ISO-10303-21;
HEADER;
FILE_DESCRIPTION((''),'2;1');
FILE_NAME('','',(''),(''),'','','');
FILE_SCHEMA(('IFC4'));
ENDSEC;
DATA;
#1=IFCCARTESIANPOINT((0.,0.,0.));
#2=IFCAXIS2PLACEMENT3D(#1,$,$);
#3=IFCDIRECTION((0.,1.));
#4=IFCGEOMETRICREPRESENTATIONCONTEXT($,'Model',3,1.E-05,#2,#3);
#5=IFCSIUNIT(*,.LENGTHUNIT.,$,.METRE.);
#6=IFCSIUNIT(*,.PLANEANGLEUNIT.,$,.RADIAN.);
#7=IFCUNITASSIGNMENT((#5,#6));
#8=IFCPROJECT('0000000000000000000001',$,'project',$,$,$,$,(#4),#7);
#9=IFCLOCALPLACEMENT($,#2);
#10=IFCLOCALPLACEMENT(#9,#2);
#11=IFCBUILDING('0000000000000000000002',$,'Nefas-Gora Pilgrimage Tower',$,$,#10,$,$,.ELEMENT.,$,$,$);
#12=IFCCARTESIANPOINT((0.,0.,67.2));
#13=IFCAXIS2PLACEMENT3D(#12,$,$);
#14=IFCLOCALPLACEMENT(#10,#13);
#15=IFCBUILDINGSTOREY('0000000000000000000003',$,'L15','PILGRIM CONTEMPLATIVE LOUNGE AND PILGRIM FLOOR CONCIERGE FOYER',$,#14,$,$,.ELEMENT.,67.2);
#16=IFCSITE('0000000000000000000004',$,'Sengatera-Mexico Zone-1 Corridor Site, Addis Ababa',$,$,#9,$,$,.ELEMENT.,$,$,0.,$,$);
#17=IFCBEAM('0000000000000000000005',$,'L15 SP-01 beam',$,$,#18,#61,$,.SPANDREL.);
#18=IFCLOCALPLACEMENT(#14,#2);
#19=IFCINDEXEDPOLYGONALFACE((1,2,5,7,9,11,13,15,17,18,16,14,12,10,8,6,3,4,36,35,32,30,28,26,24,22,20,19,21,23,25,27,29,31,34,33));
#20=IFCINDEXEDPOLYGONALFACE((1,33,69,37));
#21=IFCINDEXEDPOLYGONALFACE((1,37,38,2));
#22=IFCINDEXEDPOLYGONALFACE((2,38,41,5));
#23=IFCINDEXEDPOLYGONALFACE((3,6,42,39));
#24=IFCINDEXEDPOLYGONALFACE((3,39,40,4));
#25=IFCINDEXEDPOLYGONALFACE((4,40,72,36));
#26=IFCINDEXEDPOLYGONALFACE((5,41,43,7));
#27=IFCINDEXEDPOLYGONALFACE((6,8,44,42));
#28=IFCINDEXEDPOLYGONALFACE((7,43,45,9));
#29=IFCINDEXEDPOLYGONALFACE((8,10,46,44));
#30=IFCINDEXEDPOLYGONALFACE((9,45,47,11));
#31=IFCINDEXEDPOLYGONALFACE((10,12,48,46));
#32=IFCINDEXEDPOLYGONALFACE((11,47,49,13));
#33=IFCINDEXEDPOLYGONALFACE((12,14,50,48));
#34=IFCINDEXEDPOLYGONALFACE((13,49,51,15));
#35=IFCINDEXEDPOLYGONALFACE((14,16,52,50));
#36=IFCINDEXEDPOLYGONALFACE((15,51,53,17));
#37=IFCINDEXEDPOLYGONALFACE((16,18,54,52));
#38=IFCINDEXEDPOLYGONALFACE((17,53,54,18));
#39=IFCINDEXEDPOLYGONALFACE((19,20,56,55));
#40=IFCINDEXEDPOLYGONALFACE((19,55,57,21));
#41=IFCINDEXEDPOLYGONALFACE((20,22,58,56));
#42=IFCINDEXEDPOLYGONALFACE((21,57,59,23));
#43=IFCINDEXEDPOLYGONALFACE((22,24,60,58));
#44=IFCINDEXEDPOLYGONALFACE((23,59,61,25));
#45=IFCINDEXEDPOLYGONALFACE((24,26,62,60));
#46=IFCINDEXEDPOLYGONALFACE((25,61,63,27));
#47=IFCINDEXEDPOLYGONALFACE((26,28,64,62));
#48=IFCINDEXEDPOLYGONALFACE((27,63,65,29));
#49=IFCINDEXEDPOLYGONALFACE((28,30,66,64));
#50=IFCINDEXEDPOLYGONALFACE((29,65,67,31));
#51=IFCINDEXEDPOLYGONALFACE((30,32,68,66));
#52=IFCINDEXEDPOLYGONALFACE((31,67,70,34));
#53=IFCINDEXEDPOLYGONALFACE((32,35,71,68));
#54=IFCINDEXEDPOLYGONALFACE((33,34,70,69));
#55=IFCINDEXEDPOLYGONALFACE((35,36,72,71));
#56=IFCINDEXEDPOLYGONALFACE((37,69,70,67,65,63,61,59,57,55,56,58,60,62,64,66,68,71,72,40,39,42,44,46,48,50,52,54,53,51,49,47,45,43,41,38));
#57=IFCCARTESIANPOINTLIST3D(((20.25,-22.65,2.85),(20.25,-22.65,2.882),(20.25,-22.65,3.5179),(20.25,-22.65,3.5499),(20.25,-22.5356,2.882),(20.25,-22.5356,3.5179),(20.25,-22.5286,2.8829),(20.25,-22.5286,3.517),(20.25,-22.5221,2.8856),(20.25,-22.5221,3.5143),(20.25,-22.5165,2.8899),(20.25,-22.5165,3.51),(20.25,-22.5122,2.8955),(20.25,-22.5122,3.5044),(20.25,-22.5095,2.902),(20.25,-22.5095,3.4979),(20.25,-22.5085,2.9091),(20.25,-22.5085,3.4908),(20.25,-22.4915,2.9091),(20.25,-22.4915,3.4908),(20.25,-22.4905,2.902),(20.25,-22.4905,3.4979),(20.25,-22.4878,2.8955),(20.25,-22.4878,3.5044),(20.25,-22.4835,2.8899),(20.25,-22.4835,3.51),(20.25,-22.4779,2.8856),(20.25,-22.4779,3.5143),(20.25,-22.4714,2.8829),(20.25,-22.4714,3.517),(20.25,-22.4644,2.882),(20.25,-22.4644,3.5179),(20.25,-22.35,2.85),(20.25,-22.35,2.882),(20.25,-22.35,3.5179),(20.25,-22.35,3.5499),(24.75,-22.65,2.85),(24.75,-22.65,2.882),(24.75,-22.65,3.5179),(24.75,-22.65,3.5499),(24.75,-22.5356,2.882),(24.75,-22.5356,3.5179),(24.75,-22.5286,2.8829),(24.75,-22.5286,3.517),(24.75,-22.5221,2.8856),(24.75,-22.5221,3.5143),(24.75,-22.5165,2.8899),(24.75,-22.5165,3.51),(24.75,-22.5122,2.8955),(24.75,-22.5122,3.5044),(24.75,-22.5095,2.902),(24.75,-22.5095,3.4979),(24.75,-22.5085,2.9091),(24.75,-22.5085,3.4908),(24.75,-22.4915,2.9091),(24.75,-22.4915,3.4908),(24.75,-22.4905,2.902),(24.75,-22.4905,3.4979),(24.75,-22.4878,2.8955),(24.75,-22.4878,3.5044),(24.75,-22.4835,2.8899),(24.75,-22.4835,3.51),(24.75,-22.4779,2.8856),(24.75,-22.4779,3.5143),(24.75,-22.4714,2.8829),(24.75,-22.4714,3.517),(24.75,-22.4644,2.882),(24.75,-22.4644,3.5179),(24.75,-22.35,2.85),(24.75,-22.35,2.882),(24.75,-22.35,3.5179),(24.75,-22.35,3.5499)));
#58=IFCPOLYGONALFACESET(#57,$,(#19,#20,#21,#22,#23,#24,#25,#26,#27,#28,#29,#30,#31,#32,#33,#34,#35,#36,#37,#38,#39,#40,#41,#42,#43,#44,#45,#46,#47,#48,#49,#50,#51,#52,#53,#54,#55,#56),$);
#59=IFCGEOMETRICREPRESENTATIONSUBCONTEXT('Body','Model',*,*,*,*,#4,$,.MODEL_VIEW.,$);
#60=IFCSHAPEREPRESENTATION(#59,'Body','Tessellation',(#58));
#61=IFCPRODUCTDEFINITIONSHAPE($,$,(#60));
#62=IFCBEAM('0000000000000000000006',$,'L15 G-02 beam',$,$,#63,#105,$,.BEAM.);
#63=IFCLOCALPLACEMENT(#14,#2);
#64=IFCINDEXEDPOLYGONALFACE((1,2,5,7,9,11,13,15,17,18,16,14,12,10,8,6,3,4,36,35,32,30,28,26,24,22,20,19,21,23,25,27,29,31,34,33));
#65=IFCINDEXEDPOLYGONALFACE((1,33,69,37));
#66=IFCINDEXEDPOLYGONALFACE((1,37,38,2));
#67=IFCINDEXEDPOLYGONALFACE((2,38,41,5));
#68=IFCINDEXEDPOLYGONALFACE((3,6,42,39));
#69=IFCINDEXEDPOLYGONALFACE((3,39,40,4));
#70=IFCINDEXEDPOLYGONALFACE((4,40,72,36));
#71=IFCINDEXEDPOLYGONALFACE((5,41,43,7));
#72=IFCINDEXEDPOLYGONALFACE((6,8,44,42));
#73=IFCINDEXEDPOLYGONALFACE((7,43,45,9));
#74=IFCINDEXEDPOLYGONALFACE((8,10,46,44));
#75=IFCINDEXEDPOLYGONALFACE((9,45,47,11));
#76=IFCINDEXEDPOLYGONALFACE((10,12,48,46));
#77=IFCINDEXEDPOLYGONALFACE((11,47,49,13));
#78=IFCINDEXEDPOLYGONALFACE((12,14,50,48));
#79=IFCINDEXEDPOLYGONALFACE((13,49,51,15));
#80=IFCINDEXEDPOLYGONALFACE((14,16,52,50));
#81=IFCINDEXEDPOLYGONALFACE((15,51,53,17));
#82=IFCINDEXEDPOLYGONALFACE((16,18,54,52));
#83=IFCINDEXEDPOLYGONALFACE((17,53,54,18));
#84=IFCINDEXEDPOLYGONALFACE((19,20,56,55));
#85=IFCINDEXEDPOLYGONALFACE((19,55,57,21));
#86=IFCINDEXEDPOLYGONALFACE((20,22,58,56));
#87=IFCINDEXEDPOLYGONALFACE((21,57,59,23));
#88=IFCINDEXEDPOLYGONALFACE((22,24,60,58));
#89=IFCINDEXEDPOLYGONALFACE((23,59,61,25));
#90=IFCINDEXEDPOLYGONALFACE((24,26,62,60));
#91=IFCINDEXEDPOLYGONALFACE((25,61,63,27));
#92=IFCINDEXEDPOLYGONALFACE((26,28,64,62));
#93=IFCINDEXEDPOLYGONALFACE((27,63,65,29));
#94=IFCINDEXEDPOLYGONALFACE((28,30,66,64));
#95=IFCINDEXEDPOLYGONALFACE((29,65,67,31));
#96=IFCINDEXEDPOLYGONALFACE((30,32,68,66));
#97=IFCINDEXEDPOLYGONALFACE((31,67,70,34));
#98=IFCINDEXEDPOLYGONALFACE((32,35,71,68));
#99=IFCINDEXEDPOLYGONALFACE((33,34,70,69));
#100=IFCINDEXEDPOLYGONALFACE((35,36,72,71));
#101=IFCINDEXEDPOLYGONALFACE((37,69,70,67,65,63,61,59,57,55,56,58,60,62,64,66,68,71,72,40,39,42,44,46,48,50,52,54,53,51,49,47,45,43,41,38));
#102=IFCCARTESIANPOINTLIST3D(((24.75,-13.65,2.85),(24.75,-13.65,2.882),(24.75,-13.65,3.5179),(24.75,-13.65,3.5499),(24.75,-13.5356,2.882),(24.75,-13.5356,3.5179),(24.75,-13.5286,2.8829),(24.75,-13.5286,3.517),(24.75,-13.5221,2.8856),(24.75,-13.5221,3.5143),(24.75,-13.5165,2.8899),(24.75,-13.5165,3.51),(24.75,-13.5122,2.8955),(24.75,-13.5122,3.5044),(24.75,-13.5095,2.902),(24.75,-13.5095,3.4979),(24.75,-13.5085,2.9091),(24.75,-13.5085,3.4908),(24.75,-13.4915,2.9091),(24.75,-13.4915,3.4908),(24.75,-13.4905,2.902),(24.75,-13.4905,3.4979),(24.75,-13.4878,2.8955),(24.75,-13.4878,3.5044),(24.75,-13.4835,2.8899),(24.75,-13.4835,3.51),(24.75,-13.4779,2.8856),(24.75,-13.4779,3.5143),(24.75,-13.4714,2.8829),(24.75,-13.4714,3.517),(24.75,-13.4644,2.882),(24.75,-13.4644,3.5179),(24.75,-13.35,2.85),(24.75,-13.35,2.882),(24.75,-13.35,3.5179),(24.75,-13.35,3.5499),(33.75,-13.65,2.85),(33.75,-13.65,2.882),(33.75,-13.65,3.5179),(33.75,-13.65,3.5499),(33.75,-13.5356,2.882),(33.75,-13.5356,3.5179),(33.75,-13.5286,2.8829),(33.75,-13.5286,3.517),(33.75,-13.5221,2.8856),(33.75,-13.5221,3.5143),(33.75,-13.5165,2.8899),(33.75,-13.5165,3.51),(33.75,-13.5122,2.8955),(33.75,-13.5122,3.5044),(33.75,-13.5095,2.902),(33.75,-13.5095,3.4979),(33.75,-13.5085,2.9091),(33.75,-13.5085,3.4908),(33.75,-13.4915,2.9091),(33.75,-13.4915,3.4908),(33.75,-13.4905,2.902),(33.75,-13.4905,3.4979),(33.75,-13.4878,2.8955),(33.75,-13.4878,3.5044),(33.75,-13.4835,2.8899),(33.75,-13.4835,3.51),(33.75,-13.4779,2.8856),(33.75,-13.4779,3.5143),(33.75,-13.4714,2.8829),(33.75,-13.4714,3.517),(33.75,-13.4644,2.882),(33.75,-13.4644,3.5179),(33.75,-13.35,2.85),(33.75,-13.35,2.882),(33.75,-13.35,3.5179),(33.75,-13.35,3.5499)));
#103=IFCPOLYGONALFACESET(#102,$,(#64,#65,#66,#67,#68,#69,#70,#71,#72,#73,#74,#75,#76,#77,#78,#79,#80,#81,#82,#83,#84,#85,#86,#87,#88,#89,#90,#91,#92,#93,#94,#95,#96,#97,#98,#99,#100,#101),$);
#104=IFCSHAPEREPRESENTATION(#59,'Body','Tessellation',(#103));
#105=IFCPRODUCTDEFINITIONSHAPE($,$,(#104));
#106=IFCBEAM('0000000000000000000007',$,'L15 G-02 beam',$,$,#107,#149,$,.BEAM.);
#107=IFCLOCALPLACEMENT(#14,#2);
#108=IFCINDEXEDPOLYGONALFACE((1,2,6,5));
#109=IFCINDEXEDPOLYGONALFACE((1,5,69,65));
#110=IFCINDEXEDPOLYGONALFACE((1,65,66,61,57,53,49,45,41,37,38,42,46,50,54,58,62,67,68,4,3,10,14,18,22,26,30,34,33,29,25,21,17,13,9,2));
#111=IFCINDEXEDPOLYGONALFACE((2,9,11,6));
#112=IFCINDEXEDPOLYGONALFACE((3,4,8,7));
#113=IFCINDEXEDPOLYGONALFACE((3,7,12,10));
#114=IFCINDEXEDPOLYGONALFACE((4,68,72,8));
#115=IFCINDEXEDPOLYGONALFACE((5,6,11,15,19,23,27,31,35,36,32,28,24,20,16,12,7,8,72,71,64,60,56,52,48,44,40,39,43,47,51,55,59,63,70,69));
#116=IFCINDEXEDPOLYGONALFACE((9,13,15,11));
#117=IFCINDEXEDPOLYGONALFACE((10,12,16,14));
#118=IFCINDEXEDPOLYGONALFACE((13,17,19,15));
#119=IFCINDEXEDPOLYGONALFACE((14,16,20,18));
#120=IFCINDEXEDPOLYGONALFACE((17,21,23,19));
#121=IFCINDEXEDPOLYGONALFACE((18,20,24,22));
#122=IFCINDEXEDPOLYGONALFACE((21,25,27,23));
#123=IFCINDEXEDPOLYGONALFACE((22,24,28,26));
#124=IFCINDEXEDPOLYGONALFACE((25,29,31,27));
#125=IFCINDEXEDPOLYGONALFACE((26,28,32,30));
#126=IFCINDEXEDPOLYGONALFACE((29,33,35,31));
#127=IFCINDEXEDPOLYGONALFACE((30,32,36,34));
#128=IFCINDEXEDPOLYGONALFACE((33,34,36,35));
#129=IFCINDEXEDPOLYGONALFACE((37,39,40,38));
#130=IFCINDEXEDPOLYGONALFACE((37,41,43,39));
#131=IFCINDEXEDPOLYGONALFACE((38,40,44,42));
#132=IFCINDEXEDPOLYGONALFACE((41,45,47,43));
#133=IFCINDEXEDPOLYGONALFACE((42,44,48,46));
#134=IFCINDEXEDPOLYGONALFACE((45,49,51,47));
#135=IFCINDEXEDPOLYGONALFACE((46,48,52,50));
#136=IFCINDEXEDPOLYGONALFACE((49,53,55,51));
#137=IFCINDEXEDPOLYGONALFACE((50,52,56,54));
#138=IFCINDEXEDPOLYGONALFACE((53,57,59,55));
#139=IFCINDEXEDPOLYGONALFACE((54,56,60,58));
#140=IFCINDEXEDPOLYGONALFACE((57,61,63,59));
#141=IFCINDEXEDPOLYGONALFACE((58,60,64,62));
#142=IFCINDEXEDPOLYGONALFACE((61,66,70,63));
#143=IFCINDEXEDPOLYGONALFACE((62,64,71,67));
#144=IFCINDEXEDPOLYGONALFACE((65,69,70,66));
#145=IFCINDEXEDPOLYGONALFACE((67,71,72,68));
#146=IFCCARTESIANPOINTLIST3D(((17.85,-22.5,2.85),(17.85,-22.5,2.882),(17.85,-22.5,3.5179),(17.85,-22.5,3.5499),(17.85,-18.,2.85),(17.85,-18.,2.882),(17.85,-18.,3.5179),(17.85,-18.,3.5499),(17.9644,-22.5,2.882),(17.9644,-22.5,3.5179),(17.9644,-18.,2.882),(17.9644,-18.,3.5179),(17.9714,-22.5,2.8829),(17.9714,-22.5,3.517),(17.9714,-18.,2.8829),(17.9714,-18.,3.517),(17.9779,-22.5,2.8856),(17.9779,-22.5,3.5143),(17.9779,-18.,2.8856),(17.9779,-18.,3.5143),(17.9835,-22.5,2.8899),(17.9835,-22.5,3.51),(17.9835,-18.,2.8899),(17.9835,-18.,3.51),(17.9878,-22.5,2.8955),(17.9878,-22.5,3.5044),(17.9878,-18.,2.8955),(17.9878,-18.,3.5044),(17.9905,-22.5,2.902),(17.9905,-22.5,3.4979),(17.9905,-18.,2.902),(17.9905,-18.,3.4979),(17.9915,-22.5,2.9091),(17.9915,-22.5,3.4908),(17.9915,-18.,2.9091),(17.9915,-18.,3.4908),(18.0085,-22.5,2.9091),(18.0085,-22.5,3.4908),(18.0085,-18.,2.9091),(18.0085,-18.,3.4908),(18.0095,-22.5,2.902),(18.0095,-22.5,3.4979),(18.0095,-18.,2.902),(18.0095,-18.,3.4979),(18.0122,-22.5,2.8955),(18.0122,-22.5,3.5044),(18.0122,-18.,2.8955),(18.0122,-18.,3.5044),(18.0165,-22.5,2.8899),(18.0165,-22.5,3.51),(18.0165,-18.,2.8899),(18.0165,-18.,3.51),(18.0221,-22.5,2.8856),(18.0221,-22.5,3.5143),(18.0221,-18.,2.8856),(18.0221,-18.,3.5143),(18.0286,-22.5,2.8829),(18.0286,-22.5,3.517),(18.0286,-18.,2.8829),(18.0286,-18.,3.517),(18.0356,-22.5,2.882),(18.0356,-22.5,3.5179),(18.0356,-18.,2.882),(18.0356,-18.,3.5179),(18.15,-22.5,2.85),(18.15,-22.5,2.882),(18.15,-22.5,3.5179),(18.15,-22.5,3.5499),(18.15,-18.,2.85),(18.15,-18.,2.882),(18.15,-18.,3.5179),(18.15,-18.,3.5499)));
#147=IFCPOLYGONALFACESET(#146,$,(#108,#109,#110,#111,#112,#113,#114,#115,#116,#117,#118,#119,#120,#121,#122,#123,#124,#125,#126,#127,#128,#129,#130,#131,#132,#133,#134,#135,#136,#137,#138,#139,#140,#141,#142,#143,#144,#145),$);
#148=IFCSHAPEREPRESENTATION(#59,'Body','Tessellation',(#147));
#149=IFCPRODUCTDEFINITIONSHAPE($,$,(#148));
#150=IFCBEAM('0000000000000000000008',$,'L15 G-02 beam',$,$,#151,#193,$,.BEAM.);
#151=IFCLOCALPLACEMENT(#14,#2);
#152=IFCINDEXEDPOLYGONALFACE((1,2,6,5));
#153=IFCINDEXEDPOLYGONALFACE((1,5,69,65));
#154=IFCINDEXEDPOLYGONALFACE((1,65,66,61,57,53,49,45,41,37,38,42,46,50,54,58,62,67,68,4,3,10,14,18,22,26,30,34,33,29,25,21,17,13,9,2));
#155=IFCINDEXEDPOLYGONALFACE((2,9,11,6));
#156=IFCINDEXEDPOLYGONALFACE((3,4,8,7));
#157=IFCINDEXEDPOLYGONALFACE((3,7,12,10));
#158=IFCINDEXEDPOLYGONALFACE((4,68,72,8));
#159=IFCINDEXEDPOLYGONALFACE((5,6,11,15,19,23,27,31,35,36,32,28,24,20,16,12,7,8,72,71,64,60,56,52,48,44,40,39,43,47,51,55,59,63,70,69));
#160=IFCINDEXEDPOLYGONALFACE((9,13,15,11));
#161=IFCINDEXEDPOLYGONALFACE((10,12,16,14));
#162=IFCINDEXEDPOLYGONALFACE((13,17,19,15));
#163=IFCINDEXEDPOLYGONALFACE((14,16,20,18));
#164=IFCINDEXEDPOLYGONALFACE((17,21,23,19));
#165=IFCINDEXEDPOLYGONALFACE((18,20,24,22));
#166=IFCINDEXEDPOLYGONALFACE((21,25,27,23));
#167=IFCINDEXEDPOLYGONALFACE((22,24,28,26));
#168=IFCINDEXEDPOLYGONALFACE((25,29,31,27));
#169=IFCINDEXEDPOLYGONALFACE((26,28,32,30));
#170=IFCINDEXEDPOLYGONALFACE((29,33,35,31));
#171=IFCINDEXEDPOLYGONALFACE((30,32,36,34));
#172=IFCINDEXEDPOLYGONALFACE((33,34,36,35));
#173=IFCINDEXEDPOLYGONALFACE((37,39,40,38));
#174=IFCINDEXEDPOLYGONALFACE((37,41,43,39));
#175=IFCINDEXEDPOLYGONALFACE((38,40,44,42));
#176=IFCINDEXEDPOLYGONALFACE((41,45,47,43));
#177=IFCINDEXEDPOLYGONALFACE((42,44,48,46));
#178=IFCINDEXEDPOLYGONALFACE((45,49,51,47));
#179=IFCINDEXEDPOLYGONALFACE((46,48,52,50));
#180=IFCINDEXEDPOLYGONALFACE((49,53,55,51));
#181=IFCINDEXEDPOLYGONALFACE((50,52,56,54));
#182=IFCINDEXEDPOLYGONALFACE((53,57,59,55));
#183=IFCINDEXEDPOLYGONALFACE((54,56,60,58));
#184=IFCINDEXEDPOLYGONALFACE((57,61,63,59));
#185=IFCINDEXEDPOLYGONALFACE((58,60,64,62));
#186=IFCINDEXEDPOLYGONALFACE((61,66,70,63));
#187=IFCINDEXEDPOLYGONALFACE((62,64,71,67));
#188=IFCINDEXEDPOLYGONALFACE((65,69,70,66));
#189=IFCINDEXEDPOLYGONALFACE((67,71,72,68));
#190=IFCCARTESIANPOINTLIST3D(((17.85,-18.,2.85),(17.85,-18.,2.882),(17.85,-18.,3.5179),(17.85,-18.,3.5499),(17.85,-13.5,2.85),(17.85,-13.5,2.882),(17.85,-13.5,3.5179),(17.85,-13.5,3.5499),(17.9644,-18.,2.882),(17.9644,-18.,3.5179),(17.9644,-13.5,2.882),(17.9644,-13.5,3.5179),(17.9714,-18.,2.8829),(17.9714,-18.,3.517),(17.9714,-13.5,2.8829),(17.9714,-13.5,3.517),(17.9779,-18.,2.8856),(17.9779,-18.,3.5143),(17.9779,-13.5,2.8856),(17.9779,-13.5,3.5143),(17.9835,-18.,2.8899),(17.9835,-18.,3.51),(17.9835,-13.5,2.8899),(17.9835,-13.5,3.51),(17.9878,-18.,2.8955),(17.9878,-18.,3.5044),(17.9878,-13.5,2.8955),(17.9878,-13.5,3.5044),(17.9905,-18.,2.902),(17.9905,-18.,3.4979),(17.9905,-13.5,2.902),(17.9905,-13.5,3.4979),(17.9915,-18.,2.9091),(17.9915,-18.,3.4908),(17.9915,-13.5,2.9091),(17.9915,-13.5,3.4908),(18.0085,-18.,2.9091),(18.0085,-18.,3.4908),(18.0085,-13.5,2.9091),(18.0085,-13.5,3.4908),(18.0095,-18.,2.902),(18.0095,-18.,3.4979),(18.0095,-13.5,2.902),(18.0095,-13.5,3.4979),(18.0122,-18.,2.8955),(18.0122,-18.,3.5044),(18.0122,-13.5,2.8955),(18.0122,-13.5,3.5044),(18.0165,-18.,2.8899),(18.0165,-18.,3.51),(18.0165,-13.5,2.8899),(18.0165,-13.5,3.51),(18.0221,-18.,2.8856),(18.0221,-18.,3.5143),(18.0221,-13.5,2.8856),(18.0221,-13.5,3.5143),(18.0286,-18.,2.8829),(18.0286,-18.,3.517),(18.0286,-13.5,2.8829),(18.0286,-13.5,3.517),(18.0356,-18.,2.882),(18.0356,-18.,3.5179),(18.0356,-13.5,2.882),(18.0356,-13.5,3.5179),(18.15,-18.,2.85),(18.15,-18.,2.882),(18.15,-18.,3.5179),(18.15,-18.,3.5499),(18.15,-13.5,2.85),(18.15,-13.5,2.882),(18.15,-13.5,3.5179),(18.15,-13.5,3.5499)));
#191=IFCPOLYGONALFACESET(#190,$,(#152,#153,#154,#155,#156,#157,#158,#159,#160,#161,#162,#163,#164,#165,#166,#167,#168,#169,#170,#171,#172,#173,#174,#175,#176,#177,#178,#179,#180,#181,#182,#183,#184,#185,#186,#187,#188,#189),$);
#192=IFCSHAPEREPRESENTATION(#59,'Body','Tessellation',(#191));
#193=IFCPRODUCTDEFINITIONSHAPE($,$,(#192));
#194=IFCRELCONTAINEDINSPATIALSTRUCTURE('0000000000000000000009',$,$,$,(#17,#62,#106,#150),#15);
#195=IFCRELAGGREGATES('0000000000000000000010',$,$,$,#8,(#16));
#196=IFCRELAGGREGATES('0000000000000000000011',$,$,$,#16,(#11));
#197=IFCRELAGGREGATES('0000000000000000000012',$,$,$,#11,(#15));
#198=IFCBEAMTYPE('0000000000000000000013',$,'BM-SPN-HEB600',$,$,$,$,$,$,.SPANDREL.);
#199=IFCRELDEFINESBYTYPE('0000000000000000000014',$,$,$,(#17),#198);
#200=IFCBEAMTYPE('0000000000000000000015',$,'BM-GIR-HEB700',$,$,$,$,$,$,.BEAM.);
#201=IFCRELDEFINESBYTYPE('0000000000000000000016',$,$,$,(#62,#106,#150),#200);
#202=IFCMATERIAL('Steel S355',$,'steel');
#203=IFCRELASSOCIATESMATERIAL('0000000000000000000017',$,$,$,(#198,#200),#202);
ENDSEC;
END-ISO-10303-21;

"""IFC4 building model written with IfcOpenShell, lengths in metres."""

from ifc_helpers import new_model, si_unit, direction, frame, origin, origin_2d, place, context, subcontext, project, spatial, i_section, extrude, source, transform, mapped, material, material_profile, profile_set, type_object, element, save


model = new_model("IFC4")

# Units and contexts
model_context = context("Model", 3, precision=1e-05, world=origin(), true_north=direction((0.0, 1.0)))
body_context = subcontext(model_context, "Body", "Model", "MODEL_VIEW")
ifc_project = project(units=[si_unit("LENGTHUNIT", "METRE"), si_unit("PLANEANGLEUNIT", "RADIAN")], contexts=[model_context])

# Site, building, storey
site_placement = place(None, origin())
site = spatial("IfcSite", under=ifc_project, at=site_placement, Name="Sengatera-Mexico Zone-1 Corridor Site, Addis Ababa", CompositionType="ELEMENT", RefElevation=0.0)
building_placement = place(site_placement, origin())
building = spatial("IfcBuilding", under=site, at=building_placement, Name="Nefas-Gora Pilgrimage Tower", CompositionType="ELEMENT")
storey_placement = place(building_placement, frame((0.0, 0.0, 67.2)))
storey = spatial("IfcBuildingStorey", under=building, at=storey_placement, Name="L15", Description="PILGRIM CONTEMPLATIVE LOUNGE AND PILGRIM FLOOR CONCIERGE FOYER", CompositionType="ELEMENT", Elevation=67.2)

# Beams
ifc_material_1 = material(Name="Steel S355", Category="steel")
ifc_material_profile_1 = material_profile(ifc_material_1, i_section(OverallWidth=0.3, OverallDepth=0.7, WebThickness=0.0171, FlangeThickness=0.032, FilletRadius=0.0271, at=origin_2d()), Name="HEB 700")
ifc_profile_set_1 = profile_set([ifc_material_profile_1], Name="Steel S355")
beam_type_1 = type_object("IfcBeamType", Name="BM-SPN-HEB600", PredefinedType="SPANDREL", material=ifc_profile_set_1)
shared_shape_1 = source(origin(), body_context, "Body", "SweptSolid", [
    extrude(i_section(OverallWidth=0.3, OverallDepth=0.7, WebThickness=0.0171, FlangeThickness=0.032, FilletRadius=0.0271, at=origin_2d()), origin(), (0.0, 0.0, 1.0), 4.5),
])
beam_1_placement = place(storey_placement, frame((20.25, -22.5, 3.2), z_axis=(1.0, 0.0, 0.0), x_axis=(0.0, 1.0, 0.0)))
element("IfcBeam", 1, at=beam_1_placement, inside=storey, type_object=beam_type_1, Name="L15 SP-01 beam", PredefinedType="SPANDREL", context=body_context, shape_type="MappedRepresentation", body=[
    mapped(shared_shape_1, transform((0.0, 0.0, 0.0), x_axis=(1.0, 0.0, 0.0), y_axis=(0.0, 1.0, 0.0), z_axis=(0.0, 0.0, 1.0), scale=1.0)),
])
ifc_material_profile_2 = material_profile(ifc_material_1, i_section(OverallWidth=0.3, OverallDepth=0.7, WebThickness=0.0171, FlangeThickness=0.032, FilletRadius=0.0271, at=origin_2d()), Name="HEB 700")
ifc_profile_set_2 = profile_set([ifc_material_profile_2], Name="Steel S355")
beam_type_2 = type_object("IfcBeamType", Name="BM-GIR-HEB700", PredefinedType="BEAM", material=ifc_profile_set_2)
shared_shape_2 = source(origin(), body_context, "Body", "SweptSolid", [
    extrude(i_section(OverallWidth=0.3, OverallDepth=0.7, WebThickness=0.0171, FlangeThickness=0.032, FilletRadius=0.0271, at=origin_2d()), origin(), (0.0, 0.0, 1.0), 9.0),
])
beam_2_placement = place(storey_placement, frame((24.75, -13.5, 3.2), z_axis=(1.0, 0.0, 0.0), x_axis=(0.0, 1.0, 0.0)))
element("IfcBeam", 2, at=beam_2_placement, inside=storey, type_object=beam_type_2, Name="L15 G-02 beam", PredefinedType="BEAM", context=body_context, shape_type="MappedRepresentation", body=[
    mapped(shared_shape_2, transform((0.0, 0.0, 0.0), x_axis=(1.0, 0.0, 0.0), y_axis=(0.0, 1.0, 0.0), z_axis=(0.0, 0.0, 1.0), scale=1.0)),
])
shared_shape_3 = source(origin(), body_context, "Body", "SweptSolid", [
    extrude(i_section(OverallWidth=0.3, OverallDepth=0.7, WebThickness=0.0171, FlangeThickness=0.032, FilletRadius=0.0271, at=origin_2d()), origin(), (0.0, 0.0, 1.0), 4.5),
])
for number, where, z_axis, x_axis, name in (
    (3, (18.0, -22.5, 3.2), (0.0, 1.0, 0.0), (-1.0, 0.0, 0.0), "L15 G-02 beam"),
    (4, (18.0, -18.0, 3.2), (0.0, 1.0, 0.0), (-1.0, 0.0, 0.0), "L15 G-02 beam"),
):
    element("IfcBeam", number, at=place(storey_placement, frame(where, z_axis=z_axis, x_axis=x_axis)), inside=storey, type_object=beam_type_2, Name=name, PredefinedType="BEAM", context=body_context, shape_type="MappedRepresentation", body=[
        mapped(shared_shape_3, transform((0.0, 0.0, 0.0), x_axis=(1.0, 0.0, 0.0), y_axis=(0.0, 1.0, 0.0), z_axis=(0.0, 0.0, 1.0), scale=1.0)),
    ])

save(model, "model.ifc")
